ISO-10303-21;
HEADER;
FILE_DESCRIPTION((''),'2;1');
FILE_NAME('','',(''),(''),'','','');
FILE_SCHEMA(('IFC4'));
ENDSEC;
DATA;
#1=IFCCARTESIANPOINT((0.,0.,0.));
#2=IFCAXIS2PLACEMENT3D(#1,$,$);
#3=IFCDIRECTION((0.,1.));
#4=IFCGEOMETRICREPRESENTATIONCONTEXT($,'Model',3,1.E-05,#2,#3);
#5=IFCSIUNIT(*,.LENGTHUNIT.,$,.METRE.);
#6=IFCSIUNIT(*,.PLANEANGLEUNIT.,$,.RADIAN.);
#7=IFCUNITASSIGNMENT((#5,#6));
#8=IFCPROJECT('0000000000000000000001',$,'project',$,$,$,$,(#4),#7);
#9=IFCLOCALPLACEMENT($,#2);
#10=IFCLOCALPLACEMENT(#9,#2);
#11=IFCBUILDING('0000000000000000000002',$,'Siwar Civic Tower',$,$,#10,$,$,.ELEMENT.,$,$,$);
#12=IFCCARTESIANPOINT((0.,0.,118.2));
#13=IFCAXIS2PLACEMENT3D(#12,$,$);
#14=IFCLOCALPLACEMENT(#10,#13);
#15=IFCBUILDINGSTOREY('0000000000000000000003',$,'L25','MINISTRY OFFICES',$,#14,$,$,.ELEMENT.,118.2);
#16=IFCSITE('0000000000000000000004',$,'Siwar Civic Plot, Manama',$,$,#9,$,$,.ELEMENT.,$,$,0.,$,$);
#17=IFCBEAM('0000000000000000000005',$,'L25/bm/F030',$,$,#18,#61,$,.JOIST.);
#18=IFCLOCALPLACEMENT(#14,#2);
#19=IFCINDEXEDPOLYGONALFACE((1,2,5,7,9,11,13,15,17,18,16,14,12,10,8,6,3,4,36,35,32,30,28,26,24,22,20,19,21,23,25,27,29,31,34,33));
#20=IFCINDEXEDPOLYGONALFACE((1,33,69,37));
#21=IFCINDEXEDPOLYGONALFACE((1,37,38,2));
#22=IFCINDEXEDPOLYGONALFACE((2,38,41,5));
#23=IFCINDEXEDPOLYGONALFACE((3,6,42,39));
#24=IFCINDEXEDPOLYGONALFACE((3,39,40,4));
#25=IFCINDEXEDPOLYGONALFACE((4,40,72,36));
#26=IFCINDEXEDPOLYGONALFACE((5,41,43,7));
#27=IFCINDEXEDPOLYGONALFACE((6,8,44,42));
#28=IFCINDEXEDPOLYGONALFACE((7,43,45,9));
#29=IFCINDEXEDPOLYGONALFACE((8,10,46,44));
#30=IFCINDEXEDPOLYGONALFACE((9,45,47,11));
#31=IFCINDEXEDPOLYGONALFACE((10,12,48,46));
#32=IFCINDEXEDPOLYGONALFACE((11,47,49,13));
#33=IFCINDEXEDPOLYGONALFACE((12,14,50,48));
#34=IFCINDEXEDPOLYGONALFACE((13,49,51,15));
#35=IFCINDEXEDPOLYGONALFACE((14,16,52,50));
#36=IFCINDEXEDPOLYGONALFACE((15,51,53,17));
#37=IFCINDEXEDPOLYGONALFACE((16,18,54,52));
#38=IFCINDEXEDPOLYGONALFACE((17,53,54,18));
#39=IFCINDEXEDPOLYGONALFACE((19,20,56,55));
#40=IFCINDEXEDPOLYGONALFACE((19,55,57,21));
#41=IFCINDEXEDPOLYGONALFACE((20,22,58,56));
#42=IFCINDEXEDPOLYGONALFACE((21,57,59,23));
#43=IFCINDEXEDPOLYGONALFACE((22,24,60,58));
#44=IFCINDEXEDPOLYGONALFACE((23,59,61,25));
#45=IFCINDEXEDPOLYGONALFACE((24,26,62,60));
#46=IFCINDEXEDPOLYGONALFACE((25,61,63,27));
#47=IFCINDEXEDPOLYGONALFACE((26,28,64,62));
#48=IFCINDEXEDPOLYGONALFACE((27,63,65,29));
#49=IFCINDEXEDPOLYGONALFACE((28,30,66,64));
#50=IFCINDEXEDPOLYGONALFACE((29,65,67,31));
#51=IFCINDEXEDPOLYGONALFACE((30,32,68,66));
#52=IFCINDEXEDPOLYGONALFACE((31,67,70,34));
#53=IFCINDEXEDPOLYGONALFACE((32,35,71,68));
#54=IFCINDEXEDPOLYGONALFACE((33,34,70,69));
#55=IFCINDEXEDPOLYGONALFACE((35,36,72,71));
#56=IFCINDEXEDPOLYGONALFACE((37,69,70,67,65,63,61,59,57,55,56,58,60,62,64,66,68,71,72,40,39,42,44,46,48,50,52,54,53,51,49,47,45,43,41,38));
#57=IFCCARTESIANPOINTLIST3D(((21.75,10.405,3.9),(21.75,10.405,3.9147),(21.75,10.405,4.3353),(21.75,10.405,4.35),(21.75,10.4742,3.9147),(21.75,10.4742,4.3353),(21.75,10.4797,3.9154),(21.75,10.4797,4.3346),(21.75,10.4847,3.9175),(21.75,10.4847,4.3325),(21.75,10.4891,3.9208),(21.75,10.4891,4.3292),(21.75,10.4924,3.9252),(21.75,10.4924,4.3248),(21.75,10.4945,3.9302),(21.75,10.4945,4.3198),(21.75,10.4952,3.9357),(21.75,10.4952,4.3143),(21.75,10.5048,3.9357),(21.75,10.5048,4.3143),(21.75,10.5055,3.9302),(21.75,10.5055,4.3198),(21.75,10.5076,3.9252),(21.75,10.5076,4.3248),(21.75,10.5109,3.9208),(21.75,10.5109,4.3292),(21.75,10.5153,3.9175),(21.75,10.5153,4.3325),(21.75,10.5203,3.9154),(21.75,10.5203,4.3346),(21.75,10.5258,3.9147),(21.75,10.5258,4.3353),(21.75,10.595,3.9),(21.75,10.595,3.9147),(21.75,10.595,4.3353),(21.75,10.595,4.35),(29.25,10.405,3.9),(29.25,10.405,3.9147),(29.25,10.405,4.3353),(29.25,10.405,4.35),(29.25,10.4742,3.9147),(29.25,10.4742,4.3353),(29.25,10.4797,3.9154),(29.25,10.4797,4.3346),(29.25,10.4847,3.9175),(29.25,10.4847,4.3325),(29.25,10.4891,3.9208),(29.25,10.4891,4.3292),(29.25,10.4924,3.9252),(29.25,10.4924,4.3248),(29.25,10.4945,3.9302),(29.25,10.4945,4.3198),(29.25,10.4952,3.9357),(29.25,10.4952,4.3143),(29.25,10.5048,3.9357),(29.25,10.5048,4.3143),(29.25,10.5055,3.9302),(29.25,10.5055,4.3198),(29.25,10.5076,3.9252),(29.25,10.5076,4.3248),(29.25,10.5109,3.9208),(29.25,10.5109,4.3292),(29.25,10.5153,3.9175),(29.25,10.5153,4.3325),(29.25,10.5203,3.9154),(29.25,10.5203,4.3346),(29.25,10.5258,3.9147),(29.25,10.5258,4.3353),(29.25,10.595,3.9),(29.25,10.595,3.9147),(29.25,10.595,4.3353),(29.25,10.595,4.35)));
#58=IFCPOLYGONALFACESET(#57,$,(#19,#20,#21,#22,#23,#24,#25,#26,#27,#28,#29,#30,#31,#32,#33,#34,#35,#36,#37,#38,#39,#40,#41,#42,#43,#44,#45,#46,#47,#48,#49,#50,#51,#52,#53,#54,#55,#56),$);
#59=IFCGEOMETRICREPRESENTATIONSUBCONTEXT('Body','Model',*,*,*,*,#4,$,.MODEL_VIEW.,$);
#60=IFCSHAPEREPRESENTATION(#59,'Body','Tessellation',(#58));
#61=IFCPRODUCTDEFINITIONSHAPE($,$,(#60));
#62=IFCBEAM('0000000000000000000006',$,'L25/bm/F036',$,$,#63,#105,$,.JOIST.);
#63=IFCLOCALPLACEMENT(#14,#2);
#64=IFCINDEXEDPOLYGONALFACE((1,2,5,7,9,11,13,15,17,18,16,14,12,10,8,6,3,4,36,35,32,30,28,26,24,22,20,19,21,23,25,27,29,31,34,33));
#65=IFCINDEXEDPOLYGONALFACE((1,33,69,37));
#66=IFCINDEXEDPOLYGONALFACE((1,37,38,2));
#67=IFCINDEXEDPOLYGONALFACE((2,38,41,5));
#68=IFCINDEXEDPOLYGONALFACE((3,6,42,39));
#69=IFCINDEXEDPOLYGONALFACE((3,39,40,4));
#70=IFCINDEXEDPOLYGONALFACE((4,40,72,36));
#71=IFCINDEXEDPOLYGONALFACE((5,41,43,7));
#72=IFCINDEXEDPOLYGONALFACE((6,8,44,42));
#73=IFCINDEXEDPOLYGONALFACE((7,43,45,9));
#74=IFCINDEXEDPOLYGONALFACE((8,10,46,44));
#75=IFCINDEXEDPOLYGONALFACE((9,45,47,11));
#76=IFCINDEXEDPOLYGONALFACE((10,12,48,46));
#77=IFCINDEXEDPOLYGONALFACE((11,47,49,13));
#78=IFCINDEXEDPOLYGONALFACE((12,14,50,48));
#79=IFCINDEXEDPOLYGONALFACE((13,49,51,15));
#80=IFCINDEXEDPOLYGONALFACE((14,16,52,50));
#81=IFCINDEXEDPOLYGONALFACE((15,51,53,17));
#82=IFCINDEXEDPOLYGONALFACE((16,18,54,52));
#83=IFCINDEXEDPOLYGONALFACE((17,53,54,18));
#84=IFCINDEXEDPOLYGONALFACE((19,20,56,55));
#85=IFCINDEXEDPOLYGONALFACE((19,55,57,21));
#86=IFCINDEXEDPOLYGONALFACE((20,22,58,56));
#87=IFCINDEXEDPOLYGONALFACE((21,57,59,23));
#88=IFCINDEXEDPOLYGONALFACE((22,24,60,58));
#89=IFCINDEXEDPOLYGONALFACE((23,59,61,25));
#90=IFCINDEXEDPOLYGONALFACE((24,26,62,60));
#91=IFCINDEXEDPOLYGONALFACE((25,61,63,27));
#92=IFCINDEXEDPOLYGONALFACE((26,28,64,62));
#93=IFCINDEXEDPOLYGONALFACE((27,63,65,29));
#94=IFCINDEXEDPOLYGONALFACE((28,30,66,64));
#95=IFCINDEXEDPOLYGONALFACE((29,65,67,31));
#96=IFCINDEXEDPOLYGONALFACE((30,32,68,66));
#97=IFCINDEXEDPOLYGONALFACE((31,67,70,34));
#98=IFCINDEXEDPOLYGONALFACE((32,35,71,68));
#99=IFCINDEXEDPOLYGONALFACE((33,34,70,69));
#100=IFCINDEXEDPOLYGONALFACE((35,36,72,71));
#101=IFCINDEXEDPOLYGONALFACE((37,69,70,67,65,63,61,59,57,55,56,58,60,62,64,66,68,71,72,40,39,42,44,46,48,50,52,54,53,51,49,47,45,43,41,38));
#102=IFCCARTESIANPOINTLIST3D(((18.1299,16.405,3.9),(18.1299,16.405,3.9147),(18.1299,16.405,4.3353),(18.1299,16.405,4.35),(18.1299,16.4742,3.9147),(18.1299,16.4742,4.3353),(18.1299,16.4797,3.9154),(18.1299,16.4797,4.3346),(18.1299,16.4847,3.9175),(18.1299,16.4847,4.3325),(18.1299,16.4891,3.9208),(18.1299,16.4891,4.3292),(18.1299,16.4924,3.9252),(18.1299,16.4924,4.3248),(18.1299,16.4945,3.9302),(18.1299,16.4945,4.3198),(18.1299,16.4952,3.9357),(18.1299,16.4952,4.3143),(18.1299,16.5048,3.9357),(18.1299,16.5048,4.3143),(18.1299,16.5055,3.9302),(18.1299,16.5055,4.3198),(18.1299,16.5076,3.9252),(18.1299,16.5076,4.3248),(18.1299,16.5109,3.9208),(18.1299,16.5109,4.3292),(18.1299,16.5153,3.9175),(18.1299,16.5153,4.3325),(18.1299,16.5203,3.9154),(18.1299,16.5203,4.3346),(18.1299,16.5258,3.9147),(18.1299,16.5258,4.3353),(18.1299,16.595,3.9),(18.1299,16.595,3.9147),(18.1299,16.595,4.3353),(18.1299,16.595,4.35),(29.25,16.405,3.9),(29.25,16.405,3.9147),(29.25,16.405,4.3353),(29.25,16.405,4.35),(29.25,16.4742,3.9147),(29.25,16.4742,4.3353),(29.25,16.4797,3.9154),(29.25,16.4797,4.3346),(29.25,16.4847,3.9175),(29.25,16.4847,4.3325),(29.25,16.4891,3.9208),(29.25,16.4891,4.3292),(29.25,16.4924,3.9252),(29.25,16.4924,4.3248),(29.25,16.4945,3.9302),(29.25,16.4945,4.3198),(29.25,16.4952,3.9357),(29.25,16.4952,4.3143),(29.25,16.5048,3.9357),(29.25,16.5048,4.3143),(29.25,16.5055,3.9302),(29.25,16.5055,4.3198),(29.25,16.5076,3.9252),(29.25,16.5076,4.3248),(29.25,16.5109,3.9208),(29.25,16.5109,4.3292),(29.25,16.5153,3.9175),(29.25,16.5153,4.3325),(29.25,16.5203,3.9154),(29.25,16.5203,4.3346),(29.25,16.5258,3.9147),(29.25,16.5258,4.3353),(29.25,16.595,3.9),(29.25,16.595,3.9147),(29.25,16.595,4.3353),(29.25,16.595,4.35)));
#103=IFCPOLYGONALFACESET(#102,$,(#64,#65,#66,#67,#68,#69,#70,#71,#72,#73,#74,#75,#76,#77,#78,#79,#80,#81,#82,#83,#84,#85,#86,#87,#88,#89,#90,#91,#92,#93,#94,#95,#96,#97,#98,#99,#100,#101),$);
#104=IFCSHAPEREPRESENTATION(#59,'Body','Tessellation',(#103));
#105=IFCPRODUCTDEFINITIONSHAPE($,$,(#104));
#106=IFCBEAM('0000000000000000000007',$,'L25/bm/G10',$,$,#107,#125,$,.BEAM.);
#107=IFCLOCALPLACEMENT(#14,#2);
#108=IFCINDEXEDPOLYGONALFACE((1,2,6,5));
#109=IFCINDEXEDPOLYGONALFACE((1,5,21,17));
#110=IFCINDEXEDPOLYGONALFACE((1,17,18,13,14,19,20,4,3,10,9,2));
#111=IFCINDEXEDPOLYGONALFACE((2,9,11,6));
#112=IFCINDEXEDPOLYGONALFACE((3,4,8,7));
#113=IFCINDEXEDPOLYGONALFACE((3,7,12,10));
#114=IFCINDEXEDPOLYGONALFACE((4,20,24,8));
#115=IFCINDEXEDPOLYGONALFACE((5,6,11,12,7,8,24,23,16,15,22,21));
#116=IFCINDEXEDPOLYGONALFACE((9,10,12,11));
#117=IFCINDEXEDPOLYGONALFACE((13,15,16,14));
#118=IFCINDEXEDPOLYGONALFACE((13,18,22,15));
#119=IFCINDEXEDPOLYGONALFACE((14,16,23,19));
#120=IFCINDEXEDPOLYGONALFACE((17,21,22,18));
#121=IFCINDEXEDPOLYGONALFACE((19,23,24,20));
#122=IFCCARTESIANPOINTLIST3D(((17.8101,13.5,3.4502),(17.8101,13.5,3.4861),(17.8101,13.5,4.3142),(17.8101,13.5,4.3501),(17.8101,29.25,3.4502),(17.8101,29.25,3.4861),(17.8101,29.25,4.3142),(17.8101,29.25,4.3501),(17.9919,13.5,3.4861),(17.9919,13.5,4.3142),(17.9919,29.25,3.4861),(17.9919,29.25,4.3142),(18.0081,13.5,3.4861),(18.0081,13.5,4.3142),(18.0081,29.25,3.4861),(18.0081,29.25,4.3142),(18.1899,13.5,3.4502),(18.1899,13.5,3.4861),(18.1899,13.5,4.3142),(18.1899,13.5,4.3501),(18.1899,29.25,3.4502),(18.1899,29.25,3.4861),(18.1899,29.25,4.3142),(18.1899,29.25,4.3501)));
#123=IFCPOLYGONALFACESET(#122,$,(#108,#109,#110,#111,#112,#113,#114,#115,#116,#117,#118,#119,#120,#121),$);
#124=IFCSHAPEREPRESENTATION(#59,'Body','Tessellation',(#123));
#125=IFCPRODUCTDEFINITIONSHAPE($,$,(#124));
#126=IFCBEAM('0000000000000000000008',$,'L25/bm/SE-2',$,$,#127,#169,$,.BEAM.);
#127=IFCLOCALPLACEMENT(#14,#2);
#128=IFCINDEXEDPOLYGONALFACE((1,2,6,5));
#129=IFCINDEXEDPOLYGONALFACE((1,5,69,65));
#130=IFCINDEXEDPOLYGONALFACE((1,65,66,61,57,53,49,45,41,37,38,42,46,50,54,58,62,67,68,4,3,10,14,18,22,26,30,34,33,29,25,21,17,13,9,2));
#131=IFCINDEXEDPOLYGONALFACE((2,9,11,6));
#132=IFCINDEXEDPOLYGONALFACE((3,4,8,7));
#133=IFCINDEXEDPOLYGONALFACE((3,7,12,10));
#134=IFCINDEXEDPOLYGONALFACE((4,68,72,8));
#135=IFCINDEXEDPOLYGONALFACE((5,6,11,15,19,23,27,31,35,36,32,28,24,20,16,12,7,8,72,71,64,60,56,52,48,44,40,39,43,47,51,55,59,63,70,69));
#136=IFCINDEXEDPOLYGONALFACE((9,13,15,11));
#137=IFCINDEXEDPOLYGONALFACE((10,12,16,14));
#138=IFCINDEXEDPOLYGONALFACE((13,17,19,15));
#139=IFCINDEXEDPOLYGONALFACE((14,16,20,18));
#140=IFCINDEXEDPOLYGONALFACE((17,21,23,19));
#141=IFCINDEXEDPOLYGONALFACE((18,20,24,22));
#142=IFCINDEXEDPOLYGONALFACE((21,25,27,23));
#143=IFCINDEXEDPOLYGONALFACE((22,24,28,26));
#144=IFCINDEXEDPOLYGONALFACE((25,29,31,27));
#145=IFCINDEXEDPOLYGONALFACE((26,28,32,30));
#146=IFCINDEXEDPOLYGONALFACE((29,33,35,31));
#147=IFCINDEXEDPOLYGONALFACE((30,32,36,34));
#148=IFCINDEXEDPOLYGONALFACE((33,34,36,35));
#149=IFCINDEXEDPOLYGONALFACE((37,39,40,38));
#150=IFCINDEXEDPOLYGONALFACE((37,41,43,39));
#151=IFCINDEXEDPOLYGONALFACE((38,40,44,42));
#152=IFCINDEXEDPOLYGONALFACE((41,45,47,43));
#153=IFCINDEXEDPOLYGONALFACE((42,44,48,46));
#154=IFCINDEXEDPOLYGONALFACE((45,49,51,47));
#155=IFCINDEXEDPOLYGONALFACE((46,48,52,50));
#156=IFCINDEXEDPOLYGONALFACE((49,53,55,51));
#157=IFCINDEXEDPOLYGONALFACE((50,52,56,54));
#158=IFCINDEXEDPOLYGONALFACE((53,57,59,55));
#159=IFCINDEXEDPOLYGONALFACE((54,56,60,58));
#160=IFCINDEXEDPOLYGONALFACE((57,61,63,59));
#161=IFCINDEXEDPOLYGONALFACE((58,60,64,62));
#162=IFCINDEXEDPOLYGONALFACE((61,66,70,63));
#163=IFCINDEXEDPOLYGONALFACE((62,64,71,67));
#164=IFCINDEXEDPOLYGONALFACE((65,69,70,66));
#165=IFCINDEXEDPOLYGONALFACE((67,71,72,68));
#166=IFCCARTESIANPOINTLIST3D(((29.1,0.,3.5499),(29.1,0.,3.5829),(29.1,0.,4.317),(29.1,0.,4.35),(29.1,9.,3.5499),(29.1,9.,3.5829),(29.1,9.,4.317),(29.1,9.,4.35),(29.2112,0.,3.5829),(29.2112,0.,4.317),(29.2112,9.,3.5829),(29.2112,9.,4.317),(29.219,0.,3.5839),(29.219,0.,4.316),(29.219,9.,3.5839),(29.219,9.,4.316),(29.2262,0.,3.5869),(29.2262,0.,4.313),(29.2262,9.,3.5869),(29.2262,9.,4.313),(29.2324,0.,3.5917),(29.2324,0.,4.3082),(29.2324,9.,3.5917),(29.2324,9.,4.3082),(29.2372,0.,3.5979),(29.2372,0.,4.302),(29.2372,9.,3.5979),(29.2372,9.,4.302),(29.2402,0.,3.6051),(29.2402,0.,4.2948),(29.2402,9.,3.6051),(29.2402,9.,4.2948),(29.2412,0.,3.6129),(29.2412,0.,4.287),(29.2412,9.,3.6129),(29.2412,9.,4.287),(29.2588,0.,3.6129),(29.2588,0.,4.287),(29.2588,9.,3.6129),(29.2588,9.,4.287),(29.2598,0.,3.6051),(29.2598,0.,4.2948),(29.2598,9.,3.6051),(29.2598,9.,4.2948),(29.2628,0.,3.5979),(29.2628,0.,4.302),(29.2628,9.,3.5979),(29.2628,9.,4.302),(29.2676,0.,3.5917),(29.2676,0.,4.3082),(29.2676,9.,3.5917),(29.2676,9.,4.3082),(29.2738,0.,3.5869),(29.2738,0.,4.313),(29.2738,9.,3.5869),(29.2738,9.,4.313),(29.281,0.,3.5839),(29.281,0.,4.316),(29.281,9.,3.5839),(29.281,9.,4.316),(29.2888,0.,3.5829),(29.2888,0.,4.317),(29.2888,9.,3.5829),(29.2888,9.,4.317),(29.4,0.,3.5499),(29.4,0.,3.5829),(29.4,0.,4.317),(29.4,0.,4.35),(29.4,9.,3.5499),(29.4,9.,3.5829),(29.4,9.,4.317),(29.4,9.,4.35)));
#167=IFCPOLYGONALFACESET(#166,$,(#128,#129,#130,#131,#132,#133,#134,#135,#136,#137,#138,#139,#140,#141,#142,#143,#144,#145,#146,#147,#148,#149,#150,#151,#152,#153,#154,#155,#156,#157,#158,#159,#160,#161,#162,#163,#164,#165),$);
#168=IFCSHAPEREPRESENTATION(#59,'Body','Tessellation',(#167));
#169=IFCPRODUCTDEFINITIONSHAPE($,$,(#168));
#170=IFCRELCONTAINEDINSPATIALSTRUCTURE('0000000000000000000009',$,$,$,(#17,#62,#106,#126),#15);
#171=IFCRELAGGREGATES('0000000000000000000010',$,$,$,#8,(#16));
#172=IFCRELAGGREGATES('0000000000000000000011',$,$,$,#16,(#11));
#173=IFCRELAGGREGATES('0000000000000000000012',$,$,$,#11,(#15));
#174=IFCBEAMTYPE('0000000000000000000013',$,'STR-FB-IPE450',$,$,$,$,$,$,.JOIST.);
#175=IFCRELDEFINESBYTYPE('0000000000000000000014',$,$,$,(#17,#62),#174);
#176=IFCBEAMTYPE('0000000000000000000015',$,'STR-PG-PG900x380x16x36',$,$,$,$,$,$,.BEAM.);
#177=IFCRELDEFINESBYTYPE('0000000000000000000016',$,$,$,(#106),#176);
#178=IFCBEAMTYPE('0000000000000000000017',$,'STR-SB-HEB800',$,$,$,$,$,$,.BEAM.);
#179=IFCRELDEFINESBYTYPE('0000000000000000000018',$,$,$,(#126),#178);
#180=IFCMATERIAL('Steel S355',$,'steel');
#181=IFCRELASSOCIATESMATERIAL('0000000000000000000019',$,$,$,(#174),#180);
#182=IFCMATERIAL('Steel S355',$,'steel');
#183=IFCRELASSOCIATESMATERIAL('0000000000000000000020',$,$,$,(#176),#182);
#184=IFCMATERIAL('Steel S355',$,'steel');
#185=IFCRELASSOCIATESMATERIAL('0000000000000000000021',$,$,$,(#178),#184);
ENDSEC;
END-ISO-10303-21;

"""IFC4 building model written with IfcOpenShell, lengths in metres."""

from ifc_helpers import new_model, si_unit, direction, frame, origin, origin_2d, place, context, subcontext, project, spatial, i_section, extrude, material, material_profile, profile_set, type_object, element, save


model = new_model("IFC4")

# Units and contexts
model_context = context("Model", 3, precision=1e-05, world=origin(), true_north=direction((0.0, 1.0)))
body_context = subcontext(model_context, "Body", "Model", "MODEL_VIEW")
ifc_project = project(units=[si_unit("LENGTHUNIT", "METRE"), si_unit("PLANEANGLEUNIT", "RADIAN")], contexts=[model_context])

# Site, building, storey
site_placement = place(None, origin())
site = spatial("IfcSite", under=ifc_project, at=site_placement, Name="Siwar Civic Plot, Manama", CompositionType="ELEMENT", RefElevation=0.0)
building_placement = place(site_placement, origin())
building = spatial("IfcBuilding", under=site, at=building_placement, Name="Siwar Civic Tower", CompositionType="ELEMENT")
storey_placement = place(building_placement, frame((0.0, 0.0, 118.2)))
storey = spatial("IfcBuildingStorey", under=building, at=storey_placement, Name="L25", Description="MINISTRY OFFICES", CompositionType="ELEMENT", Elevation=118.2)

# Beams
ifc_material_1 = material(Name="Steel S355", Category="steel")
ifc_material_profile_1 = material_profile(ifc_material_1, i_section(OverallWidth=0.1899, OverallDepth=0.45, WebThickness=0.0095, FlangeThickness=0.0146, FilletRadius=0.021, at=origin_2d()), Name="IPE450")
ifc_profile_set_1 = profile_set([ifc_material_profile_1], Name="Steel S355")
beam_type_1 = type_object("IfcBeamType", Name="STR-FB-IPE450", PredefinedType="JOIST", material=ifc_profile_set_1)
for number, where, z_axis, x_axis, name in (
    (1, (21.75, 10.5, 4.125), (1.0, 0.0, 0.0), (0.0, 1.0, 0.0), "L25/bm/F030"),
):
    element("IfcBeam", number, at=place(storey_placement, frame(where, z_axis=z_axis, x_axis=x_axis)), inside=storey, type_object=beam_type_1, Name=name, PredefinedType="JOIST", context=body_context, shape_type="SweptSolid", body=[
        extrude(i_section(OverallWidth=0.1899, OverallDepth=0.45, WebThickness=0.0095, FlangeThickness=0.0146, FilletRadius=0.021, at=origin_2d()), origin(), (0.0, 0.0, 1.0), 7.5),
    ])
beam_1_placement = place(storey_placement, frame((18.1299, 16.5, 4.125), z_axis=(1.0, 0.0, 0.0), x_axis=(0.0, 1.0, 0.0)))
element("IfcBeam", 2, at=beam_1_placement, inside=storey, type_object=beam_type_1, Name="L25/bm/F036", PredefinedType="JOIST", context=body_context, shape_type="SweptSolid", body=[
    extrude(i_section(OverallWidth=0.1899, OverallDepth=0.45, WebThickness=0.0095, FlangeThickness=0.0146, FilletRadius=0.021, at=origin_2d()), origin(), (0.0, 0.0, 1.0), 11.1201),
])
ifc_material_2 = material(Name="Steel S355", Category="steel")
ifc_material_profile_2 = material_profile(ifc_material_2, i_section(OverallWidth=0.3799, OverallDepth=0.8999, WebThickness=0.0161, FlangeThickness=0.0359, at=origin_2d()), Name="PG900x380x16x36")
ifc_profile_set_2 = profile_set([ifc_material_profile_2], Name="Steel S355")
beam_type_2 = type_object("IfcBeamType", Name="STR-PG-PG900x380x16x36", PredefinedType="BEAM", material=ifc_profile_set_2)
beam_2_placement = place(storey_placement, frame((18.0, 13.5, 3.9001), z_axis=(0.0, 1.0, 0.0), x_axis=(-1.0, 0.0, 0.0)))
element("IfcBeam", 3, at=beam_2_placement, inside=storey, type_object=beam_type_2, Name="L25/bm/G10", PredefinedType="BEAM", context=body_context, shape_type="SweptSolid", body=[
    extrude(i_section(OverallWidth=0.3799, OverallDepth=0.8999, WebThickness=0.0161, FlangeThickness=0.0359, at=origin_2d()), origin(), (0.0, 0.0, 1.0), 15.75),
])
ifc_material_3 = material(Name="Steel S355", Category="steel")
ifc_material_profile_3 = material_profile(ifc_material_3, i_section(OverallWidth=0.3, OverallDepth=0.8, WebThickness=0.0176, FlangeThickness=0.033, FilletRadius=0.03, at=origin_2d()), Name="HEB800")
ifc_profile_set_3 = profile_set([ifc_material_profile_3], Name="Steel S355")
beam_type_3 = type_object("IfcBeamType", Name="STR-SB-HEB800", PredefinedType="BEAM", material=ifc_profile_set_3)
for number, where, z_axis, x_axis, name in (
    (4, (29.25, 0.0, 3.95), (0.0, 1.0, 0.0), (-1.0, 0.0, 0.0), "L25/bm/SE-2"),
):
    element("IfcBeam", number, at=place(storey_placement, frame(where, z_axis=z_axis, x_axis=x_axis)), inside=storey, type_object=beam_type_3, Name=name, PredefinedType="BEAM", context=body_context, shape_type="SweptSolid", body=[
        extrude(i_section(OverallWidth=0.3, OverallDepth=0.8, WebThickness=0.0176, FlangeThickness=0.033, FilletRadius=0.03, at=origin_2d()), origin(), (0.0, 0.0, 1.0), 9.0),
    ])

save(model, "model.ifc")
